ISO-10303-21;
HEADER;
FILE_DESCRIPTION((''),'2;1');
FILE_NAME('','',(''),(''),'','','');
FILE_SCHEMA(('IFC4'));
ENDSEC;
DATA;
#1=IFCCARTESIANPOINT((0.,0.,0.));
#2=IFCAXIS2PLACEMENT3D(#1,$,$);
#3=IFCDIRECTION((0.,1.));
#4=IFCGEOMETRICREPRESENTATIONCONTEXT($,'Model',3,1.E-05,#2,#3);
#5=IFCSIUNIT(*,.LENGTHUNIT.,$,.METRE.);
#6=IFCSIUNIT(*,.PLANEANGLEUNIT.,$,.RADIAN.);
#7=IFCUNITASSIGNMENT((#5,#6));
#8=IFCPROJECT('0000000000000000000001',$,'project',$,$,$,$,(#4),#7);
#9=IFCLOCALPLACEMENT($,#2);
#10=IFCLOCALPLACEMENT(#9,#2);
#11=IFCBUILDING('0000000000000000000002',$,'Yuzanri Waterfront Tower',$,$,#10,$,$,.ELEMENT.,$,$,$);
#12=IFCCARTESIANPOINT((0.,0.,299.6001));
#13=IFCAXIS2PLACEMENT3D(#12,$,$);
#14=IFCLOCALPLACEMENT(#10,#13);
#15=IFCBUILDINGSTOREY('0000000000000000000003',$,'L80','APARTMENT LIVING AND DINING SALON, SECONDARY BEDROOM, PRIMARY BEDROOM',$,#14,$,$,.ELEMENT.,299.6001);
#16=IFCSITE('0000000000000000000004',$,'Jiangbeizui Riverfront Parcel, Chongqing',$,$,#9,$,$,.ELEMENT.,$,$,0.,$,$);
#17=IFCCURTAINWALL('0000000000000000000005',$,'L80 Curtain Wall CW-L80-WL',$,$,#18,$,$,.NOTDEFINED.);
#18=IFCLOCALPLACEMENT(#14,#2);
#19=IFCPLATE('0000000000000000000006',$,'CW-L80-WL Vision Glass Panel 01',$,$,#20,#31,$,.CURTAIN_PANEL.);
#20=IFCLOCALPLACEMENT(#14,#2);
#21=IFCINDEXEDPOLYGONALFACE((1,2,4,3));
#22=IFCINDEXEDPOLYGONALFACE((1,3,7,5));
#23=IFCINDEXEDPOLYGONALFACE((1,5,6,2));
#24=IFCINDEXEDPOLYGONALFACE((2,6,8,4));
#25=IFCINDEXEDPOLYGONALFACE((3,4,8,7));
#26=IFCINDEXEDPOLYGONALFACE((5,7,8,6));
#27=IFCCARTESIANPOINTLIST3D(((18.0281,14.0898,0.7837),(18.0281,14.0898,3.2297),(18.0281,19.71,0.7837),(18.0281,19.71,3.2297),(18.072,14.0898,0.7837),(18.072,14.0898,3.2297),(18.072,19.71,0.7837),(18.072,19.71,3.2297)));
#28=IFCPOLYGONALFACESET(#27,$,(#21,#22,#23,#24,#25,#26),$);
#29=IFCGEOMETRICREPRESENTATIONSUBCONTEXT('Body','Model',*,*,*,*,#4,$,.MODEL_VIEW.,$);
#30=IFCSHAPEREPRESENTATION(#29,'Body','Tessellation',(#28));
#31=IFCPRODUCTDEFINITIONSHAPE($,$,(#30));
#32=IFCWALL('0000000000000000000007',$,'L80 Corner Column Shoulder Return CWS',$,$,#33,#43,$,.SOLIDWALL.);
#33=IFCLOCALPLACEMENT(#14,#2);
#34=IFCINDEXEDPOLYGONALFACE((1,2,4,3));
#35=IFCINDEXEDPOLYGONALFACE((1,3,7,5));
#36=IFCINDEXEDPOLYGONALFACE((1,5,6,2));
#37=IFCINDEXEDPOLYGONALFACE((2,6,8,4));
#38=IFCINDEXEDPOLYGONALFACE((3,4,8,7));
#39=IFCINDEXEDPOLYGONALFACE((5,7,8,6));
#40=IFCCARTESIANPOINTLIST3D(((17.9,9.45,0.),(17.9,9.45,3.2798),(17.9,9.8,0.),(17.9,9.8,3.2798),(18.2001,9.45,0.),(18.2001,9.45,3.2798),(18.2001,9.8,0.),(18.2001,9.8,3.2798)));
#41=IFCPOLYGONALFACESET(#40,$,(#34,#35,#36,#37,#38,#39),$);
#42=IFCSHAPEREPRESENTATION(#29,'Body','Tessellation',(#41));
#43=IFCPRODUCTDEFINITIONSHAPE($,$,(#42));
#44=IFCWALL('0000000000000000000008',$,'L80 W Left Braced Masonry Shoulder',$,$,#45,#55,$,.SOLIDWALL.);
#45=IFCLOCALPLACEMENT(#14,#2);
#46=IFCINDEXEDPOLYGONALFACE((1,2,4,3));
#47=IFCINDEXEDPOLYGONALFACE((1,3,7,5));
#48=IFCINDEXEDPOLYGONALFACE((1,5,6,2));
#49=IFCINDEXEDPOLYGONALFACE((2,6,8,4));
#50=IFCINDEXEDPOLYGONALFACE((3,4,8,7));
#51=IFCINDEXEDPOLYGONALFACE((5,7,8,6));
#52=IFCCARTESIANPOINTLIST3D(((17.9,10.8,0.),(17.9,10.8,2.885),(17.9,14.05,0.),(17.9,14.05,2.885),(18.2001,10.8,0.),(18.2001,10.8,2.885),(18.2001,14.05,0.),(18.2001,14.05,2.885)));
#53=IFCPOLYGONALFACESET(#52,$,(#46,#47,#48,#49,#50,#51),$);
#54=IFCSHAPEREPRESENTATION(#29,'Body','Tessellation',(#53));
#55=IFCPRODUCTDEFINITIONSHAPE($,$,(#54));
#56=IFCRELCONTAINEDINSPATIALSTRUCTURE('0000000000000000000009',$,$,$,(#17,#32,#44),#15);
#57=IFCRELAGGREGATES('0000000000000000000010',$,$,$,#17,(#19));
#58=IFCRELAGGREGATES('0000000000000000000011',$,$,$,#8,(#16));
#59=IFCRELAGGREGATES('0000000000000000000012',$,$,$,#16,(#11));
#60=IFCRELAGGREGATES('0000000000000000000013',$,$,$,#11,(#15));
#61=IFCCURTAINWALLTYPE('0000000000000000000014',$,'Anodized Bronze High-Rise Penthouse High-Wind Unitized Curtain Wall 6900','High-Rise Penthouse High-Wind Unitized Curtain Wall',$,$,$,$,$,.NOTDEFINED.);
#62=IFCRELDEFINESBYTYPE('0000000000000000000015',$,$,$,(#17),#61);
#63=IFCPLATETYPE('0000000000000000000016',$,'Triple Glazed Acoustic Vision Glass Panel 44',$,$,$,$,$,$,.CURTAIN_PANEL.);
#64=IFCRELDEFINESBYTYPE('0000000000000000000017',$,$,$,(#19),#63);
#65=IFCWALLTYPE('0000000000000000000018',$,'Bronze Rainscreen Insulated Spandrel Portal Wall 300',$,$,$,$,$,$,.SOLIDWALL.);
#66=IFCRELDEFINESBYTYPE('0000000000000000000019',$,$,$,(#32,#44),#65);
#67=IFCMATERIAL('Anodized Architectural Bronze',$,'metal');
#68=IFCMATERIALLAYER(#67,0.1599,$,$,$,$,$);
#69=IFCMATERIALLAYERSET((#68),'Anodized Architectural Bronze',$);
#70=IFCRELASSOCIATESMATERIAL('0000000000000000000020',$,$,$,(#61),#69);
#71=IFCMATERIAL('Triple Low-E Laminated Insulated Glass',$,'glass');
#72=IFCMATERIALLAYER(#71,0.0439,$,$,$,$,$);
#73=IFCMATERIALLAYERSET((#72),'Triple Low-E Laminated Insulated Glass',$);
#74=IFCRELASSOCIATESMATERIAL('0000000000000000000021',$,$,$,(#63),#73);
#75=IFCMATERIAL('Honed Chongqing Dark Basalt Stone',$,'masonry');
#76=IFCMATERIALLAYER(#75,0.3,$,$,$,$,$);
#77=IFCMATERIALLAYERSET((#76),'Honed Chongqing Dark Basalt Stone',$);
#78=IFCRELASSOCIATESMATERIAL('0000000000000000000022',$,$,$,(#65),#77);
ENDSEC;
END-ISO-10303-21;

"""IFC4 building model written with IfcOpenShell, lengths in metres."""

from ifc_helpers import new_model, si_unit, direction, frame, frame_2d, origin, origin_2d, place, context, subcontext, project, spatial, rectangle, extrude, source, transform, mapped, material, layer, layer_set, type_object, element, aggregate, save


model = new_model("IFC4")

# Units and contexts
model_context = context("Model", 3, precision=1e-05, world=origin(), true_north=direction((0.0, 1.0)))
body_context = subcontext(model_context, "Body", "Model", "MODEL_VIEW")
ifc_project = project(units=[si_unit("LENGTHUNIT", "METRE"), si_unit("PLANEANGLEUNIT", "RADIAN")], contexts=[model_context])

# Site, building, storey
site_placement = place(None, origin())
site = spatial("IfcSite", under=ifc_project, at=site_placement, Name="Jiangbeizui Riverfront Parcel, Chongqing", CompositionType="ELEMENT", RefElevation=0.0)
building_placement = place(site_placement, origin())
building = spatial("IfcBuilding", under=site, at=building_placement, Name="Yuzanri Waterfront Tower", CompositionType="ELEMENT")
storey_placement = place(building_placement, frame((0.0, 0.0, 299.6001)))
storey = spatial("IfcBuildingStorey", under=building, at=storey_placement, Name="L80", Description="APARTMENT LIVING AND DINING SALON, SECONDARY BEDROOM, PRIMARY BEDROOM", CompositionType="ELEMENT", Elevation=299.6001)

# Curtain wall
ifc_material_1 = material(Name="Anodized Architectural Bronze", Category="metal")
ifc_layer_1 = layer(ifc_material_1, 0.1599)
ifc_layer_set_1 = layer_set([ifc_layer_1], Name="Anodized Architectural Bronze")
curtain_wall_type = type_object("IfcCurtainWallType", Name="Anodized Bronze High-Rise Penthouse High-Wind Unitized Curtain Wall 6900", Description="High-Rise Penthouse High-Wind Unitized Curtain Wall", PredefinedType="NOTDEFINED", material=ifc_layer_set_1)
curtain_wall_placement = place(storey_placement, origin())
curtain_wall = element("IfcCurtainWall", 1, at=curtain_wall_placement, inside=storey, type_object=curtain_wall_type, Name="L80 Curtain Wall CW-L80-WL", PredefinedType="NOTDEFINED")

# Plate
ifc_material_2 = material(Name="Triple Low-E Laminated Insulated Glass", Category="glass")
ifc_layer_2 = layer(ifc_material_2, 0.0439)
ifc_layer_set_2 = layer_set([ifc_layer_2], Name="Triple Low-E Laminated Insulated Glass")
plate_type_1 = type_object("IfcPlateType", Name="Triple Glazed Acoustic Vision Glass Panel 44", PredefinedType="CURTAIN_PANEL", material=ifc_layer_set_2)
shared_shape_1 = source(origin(), body_context, "Body", "SweptSolid", [
    extrude(rectangle(XDim=5.6201, YDim=0.0439, at=origin_2d()), origin(), (0.0, 0.0, 1.0), 2.446),
])
plate_1_placement = place(storey_placement, frame((18.05, 16.8999, 0.7837), z_axis=(0.0, 0.0, 1.0), x_axis=(0.0, 1.0, 0.0)))
plate_1 = element("IfcPlate", 2, at=plate_1_placement, type_object=plate_type_1, Name="CW-L80-WL Vision Glass Panel 01", PredefinedType="CURTAIN_PANEL", context=body_context, shape_type="MappedRepresentation", body=[
    mapped(shared_shape_1, transform((0.0, 0.0, 0.0), scale=1.0)),
])
aggregate(curtain_wall, [plate_1])

# Walls
ifc_material_3 = material(Name="Honed Chongqing Dark Basalt Stone", Category="masonry")
ifc_layer_3 = layer(ifc_material_3, 0.3)
ifc_layer_set_3 = layer_set([ifc_layer_3], Name="Honed Chongqing Dark Basalt Stone")
wall_type = type_object("IfcWallType", Name="Bronze Rainscreen Insulated Spandrel Portal Wall 300", PredefinedType="SOLIDWALL", material=ifc_layer_set_3)
shared_shape_2 = source(origin(), body_context, "Body", "SweptSolid", [
    extrude(rectangle(XDim=0.3501, YDim=0.3, at=frame_2d((0.175, 0.0))), origin(), (0.0, 0.0, 1.0), 3.2798),
])
wall_1_placement = place(storey_placement, frame((18.05, 9.45, 0.0), z_axis=(0.0, 0.0, 1.0), x_axis=(0.0, 1.0, 0.0)))
element("IfcWall", 3, at=wall_1_placement, inside=storey, type_object=wall_type, Name="L80 Corner Column Shoulder Return CWS", PredefinedType="SOLIDWALL", context=body_context, shape_type="MappedRepresentation", body=[
    mapped(shared_shape_2, transform((0.0, 0.0, 0.0), scale=1.0)),
])
shared_shape_3 = source(origin(), body_context, "Body", "SweptSolid", [
    extrude(rectangle(XDim=3.25, YDim=0.3, at=frame_2d((1.625, 0.0))), origin(), (0.0, 0.0, 1.0), 2.885),
])
wall_2_placement = place(storey_placement, frame((18.05, 10.8, 0.0), z_axis=(0.0, 0.0, 1.0), x_axis=(0.0, 1.0, 0.0)))
element("IfcWall", 4, at=wall_2_placement, inside=storey, type_object=wall_type, Name="L80 W Left Braced Masonry Shoulder", PredefinedType="SOLIDWALL", context=body_context, shape_type="MappedRepresentation", body=[
    mapped(shared_shape_3, transform((0.0, 0.0, 0.0), scale=1.0)),
])

save(model, "model.ifc")
